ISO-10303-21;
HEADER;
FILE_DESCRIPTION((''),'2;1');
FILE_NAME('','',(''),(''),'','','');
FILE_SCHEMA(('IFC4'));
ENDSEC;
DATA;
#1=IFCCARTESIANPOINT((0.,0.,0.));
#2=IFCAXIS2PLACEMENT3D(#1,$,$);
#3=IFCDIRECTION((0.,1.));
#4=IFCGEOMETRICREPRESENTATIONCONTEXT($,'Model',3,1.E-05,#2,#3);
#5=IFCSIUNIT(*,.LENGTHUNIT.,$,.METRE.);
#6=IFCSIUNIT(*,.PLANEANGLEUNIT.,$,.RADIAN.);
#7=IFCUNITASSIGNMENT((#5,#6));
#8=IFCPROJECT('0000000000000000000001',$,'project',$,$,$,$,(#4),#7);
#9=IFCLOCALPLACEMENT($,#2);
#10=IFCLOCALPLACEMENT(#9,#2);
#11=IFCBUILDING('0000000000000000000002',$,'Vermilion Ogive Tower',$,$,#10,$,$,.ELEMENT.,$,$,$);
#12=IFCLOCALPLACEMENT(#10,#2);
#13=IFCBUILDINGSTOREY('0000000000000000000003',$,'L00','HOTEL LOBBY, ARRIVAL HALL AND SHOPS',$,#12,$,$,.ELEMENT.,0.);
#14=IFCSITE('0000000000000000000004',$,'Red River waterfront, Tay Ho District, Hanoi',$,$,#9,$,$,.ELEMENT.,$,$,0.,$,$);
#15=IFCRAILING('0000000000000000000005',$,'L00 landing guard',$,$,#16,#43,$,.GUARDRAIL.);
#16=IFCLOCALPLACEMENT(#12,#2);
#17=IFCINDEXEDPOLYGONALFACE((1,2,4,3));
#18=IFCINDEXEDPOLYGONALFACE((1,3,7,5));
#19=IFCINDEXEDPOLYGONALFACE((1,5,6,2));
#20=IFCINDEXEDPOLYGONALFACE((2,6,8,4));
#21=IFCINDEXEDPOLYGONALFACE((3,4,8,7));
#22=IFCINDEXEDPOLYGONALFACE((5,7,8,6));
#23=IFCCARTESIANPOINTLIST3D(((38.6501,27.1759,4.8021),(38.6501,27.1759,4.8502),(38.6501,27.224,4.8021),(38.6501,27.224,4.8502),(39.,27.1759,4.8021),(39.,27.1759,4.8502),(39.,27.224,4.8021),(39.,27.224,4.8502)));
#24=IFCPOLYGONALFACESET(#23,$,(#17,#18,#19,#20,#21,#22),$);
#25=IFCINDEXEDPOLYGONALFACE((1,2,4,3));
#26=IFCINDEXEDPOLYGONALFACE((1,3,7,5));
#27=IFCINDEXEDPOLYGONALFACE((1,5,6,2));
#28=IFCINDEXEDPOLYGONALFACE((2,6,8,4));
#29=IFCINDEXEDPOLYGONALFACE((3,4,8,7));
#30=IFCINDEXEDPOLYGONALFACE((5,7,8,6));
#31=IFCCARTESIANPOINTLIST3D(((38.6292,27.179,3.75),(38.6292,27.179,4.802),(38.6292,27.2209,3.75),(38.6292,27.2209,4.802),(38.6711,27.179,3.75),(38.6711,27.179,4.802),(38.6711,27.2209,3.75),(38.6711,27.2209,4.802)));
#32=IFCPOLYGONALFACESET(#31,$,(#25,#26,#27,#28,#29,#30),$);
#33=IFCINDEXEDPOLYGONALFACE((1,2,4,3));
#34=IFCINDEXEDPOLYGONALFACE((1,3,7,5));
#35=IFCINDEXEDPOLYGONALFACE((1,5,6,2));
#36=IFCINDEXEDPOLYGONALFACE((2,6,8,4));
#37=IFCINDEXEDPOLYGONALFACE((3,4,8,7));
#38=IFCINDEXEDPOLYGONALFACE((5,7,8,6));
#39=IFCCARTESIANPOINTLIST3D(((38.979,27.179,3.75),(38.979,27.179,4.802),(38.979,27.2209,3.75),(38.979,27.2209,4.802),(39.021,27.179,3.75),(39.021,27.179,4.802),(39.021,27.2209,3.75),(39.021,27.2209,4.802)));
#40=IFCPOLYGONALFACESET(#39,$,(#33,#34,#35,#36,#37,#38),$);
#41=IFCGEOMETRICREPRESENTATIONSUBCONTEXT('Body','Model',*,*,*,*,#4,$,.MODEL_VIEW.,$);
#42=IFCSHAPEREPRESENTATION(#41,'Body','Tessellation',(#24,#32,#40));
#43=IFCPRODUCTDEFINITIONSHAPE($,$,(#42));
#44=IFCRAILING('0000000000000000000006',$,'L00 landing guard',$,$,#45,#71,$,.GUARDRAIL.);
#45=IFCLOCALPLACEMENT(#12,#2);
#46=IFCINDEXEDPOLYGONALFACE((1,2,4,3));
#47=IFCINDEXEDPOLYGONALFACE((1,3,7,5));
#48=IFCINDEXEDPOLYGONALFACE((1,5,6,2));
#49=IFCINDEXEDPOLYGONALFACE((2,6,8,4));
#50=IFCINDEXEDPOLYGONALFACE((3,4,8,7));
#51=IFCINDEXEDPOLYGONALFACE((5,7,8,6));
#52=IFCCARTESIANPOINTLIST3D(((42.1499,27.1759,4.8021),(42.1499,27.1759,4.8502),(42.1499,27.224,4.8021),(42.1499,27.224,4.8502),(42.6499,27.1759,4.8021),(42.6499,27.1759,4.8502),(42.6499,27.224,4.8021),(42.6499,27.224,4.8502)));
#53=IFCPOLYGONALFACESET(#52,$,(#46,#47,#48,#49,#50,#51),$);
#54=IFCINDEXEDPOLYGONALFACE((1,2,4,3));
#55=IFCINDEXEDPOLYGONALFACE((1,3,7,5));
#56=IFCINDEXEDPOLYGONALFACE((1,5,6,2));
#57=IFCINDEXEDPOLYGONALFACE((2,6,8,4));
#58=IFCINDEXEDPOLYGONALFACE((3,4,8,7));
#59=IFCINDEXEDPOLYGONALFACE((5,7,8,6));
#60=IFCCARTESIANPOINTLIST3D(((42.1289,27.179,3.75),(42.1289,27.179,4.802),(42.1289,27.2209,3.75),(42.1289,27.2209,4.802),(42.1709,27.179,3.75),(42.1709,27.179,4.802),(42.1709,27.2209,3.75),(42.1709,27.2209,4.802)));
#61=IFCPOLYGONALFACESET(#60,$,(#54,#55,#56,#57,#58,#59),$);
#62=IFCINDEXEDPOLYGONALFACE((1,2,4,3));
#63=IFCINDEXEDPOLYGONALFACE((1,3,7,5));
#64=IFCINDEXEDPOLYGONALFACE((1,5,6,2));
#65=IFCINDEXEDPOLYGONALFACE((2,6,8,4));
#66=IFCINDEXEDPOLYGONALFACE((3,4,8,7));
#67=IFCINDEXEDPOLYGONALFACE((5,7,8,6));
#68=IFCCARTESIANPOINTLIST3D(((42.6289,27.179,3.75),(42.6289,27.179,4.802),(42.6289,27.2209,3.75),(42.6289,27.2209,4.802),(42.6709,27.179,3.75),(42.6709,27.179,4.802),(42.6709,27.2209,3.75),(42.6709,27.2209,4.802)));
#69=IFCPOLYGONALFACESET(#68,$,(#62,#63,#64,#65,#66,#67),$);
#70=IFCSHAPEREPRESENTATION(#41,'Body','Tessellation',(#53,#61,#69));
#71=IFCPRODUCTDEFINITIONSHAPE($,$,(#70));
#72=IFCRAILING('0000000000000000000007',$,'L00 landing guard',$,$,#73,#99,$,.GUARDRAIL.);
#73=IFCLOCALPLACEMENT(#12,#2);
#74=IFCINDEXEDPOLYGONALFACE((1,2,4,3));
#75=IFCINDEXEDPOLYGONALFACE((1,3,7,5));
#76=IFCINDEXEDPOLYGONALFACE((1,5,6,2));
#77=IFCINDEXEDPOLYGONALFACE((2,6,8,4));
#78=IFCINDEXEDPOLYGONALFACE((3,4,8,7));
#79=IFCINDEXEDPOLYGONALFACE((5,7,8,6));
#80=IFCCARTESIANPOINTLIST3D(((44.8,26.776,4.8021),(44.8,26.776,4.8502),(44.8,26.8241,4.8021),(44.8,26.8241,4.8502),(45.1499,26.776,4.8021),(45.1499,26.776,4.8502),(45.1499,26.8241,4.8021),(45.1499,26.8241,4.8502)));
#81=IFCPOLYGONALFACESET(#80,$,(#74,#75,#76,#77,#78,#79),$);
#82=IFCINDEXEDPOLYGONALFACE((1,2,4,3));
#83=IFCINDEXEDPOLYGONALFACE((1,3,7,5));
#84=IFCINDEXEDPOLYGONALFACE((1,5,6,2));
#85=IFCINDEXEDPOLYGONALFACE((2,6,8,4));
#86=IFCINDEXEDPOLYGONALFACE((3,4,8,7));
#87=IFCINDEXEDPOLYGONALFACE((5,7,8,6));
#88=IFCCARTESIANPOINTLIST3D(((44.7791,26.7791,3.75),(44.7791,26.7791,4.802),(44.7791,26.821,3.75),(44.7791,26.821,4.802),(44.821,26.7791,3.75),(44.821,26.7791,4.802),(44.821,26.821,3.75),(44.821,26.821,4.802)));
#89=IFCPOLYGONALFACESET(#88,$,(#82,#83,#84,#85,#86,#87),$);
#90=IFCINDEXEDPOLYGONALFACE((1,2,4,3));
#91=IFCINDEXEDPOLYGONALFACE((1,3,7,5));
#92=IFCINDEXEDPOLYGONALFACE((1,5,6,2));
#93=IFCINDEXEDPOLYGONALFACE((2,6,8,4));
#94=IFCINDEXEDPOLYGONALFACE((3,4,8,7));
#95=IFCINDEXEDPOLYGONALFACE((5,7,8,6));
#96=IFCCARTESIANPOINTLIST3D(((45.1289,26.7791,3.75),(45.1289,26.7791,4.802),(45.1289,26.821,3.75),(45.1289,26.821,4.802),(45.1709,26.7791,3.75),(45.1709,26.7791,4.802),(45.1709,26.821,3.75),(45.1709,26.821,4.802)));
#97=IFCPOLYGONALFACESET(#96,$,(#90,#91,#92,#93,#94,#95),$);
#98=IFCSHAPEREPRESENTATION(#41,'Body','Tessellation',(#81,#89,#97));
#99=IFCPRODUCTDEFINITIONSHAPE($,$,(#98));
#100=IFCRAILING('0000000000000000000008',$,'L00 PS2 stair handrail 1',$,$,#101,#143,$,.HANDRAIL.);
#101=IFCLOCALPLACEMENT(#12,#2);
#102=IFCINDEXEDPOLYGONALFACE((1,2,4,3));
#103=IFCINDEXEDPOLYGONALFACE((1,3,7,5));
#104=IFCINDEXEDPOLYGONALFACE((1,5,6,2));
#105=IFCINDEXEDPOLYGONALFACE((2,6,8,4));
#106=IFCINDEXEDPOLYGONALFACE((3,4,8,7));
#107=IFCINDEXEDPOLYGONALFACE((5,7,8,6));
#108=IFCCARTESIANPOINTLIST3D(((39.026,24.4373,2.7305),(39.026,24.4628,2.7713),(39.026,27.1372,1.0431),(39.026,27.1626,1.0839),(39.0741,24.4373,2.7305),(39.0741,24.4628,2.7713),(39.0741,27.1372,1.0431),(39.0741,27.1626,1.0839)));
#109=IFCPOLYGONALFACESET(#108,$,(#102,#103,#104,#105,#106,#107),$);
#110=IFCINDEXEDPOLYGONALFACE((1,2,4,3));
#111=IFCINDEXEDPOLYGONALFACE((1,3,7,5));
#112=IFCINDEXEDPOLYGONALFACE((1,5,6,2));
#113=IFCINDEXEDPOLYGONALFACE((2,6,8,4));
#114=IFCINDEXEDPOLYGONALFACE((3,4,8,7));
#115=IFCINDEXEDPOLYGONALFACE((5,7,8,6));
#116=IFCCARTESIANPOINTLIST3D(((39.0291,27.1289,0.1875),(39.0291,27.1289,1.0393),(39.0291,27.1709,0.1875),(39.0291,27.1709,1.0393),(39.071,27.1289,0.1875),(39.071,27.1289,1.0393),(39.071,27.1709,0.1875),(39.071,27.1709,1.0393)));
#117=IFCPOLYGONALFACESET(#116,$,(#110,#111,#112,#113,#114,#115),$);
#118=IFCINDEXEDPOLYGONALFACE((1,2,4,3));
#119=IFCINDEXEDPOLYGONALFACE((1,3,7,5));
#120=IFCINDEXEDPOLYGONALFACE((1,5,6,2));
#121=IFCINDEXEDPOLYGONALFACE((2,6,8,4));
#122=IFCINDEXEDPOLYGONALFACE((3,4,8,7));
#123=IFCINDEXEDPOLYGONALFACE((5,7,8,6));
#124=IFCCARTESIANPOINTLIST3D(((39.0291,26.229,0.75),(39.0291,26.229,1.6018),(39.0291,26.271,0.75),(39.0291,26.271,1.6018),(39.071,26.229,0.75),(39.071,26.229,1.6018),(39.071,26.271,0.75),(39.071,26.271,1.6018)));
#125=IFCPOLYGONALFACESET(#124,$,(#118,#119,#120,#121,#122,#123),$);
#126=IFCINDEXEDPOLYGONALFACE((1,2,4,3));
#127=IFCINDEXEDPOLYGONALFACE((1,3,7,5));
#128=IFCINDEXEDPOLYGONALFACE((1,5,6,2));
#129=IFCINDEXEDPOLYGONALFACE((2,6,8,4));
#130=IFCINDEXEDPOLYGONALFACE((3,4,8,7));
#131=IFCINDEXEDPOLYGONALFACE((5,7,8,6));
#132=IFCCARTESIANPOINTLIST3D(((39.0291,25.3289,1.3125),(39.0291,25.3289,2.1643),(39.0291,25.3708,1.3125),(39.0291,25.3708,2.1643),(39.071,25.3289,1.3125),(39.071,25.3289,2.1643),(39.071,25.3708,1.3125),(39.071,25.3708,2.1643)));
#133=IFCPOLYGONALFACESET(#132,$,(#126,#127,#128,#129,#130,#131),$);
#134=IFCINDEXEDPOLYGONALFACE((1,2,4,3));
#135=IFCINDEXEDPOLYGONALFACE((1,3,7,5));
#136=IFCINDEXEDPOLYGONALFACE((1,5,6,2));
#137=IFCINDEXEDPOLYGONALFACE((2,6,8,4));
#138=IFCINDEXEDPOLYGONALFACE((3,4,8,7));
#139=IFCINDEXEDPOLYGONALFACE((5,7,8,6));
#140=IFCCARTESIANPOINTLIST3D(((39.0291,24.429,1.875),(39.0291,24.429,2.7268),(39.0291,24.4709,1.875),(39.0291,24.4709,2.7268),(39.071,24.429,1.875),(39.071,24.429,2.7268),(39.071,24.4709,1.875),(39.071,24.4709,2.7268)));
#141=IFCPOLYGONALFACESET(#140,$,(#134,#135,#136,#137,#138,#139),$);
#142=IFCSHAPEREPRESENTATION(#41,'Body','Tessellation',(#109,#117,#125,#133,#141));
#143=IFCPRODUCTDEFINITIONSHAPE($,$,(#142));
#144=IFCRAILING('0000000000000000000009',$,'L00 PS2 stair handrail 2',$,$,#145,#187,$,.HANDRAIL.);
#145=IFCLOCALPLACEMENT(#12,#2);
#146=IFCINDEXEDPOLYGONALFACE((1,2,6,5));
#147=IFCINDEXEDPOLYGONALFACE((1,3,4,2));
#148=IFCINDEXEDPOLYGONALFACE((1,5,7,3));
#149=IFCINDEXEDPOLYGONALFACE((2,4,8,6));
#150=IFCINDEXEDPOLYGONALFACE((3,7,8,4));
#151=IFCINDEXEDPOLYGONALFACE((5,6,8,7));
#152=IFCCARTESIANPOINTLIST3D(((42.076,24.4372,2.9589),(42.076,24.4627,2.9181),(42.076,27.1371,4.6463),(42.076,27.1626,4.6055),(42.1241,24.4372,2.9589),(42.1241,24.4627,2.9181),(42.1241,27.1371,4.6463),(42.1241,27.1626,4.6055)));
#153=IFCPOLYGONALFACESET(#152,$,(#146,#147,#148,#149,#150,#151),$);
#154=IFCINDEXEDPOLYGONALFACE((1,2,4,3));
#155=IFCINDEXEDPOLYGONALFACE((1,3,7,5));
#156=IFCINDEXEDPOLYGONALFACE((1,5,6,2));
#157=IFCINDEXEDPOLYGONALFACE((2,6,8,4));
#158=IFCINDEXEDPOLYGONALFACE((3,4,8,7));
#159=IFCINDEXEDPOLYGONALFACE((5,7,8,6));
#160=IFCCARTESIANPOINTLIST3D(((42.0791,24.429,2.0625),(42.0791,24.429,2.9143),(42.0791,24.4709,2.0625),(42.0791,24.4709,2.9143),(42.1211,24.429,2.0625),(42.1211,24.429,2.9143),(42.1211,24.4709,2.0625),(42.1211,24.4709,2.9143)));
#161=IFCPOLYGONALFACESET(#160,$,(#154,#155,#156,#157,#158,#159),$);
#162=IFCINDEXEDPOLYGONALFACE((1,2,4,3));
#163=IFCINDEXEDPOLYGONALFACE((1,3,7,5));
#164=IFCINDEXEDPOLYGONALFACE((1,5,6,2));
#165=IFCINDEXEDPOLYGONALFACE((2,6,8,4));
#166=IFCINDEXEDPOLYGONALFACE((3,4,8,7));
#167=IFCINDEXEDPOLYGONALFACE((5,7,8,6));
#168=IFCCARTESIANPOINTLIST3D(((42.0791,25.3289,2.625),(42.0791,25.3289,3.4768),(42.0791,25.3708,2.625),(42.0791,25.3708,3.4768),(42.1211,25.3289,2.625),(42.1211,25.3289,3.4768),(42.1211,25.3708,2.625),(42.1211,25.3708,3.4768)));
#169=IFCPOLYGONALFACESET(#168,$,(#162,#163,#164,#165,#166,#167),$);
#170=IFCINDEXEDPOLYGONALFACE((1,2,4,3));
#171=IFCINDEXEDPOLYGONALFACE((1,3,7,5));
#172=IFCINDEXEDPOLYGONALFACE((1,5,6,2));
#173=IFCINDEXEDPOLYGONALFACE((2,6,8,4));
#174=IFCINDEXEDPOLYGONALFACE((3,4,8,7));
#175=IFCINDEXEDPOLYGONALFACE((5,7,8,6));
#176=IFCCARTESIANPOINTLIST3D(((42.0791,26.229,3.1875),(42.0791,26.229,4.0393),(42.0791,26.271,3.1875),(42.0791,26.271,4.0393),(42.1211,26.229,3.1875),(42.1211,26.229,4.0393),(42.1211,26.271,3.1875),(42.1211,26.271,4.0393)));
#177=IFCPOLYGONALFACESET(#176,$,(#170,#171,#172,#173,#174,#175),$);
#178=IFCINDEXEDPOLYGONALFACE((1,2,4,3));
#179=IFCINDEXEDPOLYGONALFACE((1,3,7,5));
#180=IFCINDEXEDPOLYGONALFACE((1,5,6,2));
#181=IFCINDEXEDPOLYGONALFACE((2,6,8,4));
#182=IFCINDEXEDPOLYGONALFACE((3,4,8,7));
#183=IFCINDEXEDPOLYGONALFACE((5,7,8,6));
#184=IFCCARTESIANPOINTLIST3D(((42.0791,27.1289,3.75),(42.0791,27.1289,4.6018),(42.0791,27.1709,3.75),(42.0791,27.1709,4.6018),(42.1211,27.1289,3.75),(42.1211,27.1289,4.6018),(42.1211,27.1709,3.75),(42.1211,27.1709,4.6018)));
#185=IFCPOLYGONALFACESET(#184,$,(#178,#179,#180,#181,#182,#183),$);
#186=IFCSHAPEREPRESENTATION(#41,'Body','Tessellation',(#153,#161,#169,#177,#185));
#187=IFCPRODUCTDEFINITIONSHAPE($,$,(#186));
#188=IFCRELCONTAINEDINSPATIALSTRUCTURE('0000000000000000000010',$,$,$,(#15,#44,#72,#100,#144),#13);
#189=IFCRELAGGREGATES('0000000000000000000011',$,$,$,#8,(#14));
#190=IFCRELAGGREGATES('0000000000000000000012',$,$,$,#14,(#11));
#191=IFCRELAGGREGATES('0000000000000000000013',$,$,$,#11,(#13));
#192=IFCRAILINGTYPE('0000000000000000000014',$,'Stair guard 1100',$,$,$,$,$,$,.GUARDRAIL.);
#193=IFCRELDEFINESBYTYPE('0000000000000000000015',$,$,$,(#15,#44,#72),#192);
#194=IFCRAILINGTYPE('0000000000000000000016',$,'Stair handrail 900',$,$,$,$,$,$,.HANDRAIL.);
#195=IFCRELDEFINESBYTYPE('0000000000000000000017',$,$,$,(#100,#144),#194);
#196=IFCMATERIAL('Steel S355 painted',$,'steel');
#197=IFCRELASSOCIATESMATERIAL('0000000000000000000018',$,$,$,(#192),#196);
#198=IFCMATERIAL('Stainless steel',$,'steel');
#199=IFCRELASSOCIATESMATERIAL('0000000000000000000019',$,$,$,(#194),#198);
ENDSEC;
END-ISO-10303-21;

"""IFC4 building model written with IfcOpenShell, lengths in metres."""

from ifc_helpers import new_model, si_unit, direction, frame, origin, origin_2d, place, context, subcontext, project, spatial, rectangle, extrude, material, type_object, element, save


model = new_model("IFC4")

# Units and contexts
model_context = context("Model", 3, precision=1e-05, world=origin(), true_north=direction((0.0, 1.0)))
body_context = subcontext(model_context, "Body", "Model", "MODEL_VIEW")
ifc_project = project(units=[si_unit("LENGTHUNIT", "METRE"), si_unit("PLANEANGLEUNIT", "RADIAN")], contexts=[model_context])

# Site, building, storey
site_placement = place(None, origin())
site = spatial("IfcSite", under=ifc_project, at=site_placement, Name="Red River waterfront, Tay Ho District, Hanoi", CompositionType="ELEMENT", RefElevation=0.0)
building_placement = place(site_placement, origin())
building = spatial("IfcBuilding", under=site, at=building_placement, Name="Vermilion Ogive Tower", CompositionType="ELEMENT")
storey_placement = place(building_placement, origin())
storey = spatial("IfcBuildingStorey", under=building, at=storey_placement, Name="L00", Description="HOTEL LOBBY, ARRIVAL HALL AND SHOPS", CompositionType="ELEMENT", Elevation=0.0)

# Railings
ifc_material_1 = material(Name="Steel S355 painted", Category="steel")
railing_type_1 = type_object("IfcRailingType", Name="Stair guard 1100", PredefinedType="GUARDRAIL", material=ifc_material_1)
railing_1_placement = place(storey_placement, frame((38.6501, 27.2, 3.75)))
element("IfcRailing", 1, at=railing_1_placement, inside=storey, type_object=railing_type_1, Name="L00 landing guard", PredefinedType="GUARDRAIL", context=body_context, shape_type="SweptSolid", body=[
    extrude(rectangle(XDim=0.0481, YDim=0.0481, at=origin_2d()), frame((0.0, 0.0, 1.0762), z_axis=(1.0, 0.0, 0.0), x_axis=(0.0, 1.0, 0.0)), (0.0, 0.0, 1.0), 0.3499),
    extrude(rectangle(XDim=0.042, YDim=0.042, at=origin_2d()), origin(), (0.0, 0.0, 1.0), 1.052),
    extrude(rectangle(XDim=0.042, YDim=0.042, at=origin_2d()), frame((0.3499, 0.0, 0.0)), (0.0, 0.0, 1.0), 1.052),
])
railing_2_placement = place(storey_placement, frame((42.1499, 27.2, 3.75)))
element("IfcRailing", 2, at=railing_2_placement, inside=storey, type_object=railing_type_1, Name="L00 landing guard", PredefinedType="GUARDRAIL", context=body_context, shape_type="SweptSolid", body=[
    extrude(rectangle(XDim=0.0481, YDim=0.0481, at=origin_2d()), frame((0.0, 0.0, 1.0762), z_axis=(1.0, 0.0, 0.0), x_axis=(0.0, 1.0, 0.0)), (0.0, 0.0, 1.0), 0.5),
    extrude(rectangle(XDim=0.042, YDim=0.042, at=origin_2d()), origin(), (0.0, 0.0, 1.0), 1.052),
    extrude(rectangle(XDim=0.042, YDim=0.042, at=origin_2d()), frame((0.5, 0.0, 0.0)), (0.0, 0.0, 1.0), 1.052),
])
railing_3_placement = place(storey_placement, frame((44.8, 26.8, 3.75)))
element("IfcRailing", 3, at=railing_3_placement, inside=storey, type_object=railing_type_1, Name="L00 landing guard", PredefinedType="GUARDRAIL", context=body_context, shape_type="SweptSolid", body=[
    extrude(rectangle(XDim=0.0481, YDim=0.0481, at=origin_2d()), frame((0.0, 0.0, 1.0762), z_axis=(1.0, 0.0, 0.0), x_axis=(0.0, 1.0, 0.0)), (0.0, 0.0, 1.0), 0.3499),
    extrude(rectangle(XDim=0.042, YDim=0.042, at=origin_2d()), origin(), (0.0, 0.0, 1.0), 1.052),
    extrude(rectangle(XDim=0.042, YDim=0.042, at=origin_2d()), frame((0.3499, 0.0, 0.0)), (0.0, 0.0, 1.0), 1.052),
])
ifc_material_2 = material(Name="Stainless steel", Category="steel")
railing_type_2 = type_object("IfcRailingType", Name="Stair handrail 900", PredefinedType="HANDRAIL", material=ifc_material_2)
railing_4_placement = place(storey_placement, frame((39.05, 27.1499, 0.1875)))
element("IfcRailing", 4, at=railing_4_placement, inside=storey, type_object=railing_type_2, Name="L00 PS2 stair handrail 1", PredefinedType="HANDRAIL", context=body_context, shape_type="SweptSolid", body=[
    extrude(rectangle(XDim=0.0481, YDim=0.0481, at=origin_2d()), frame((0.0, 0.0, 0.876), z_axis=(0.0, -0.847994, 0.530006), x_axis=(1.0, 0.0, 0.0)), (0.0, 0.0, 1.0), 3.1838),
    extrude(rectangle(XDim=0.042, YDim=0.042, at=origin_2d()), origin(), (0.0, 0.0, 1.0), 0.8518),
    extrude(rectangle(XDim=0.042, YDim=0.042, at=origin_2d()), frame((0.0, -0.8999, 0.5625)), (0.0, 0.0, 1.0), 0.8518),
    extrude(rectangle(XDim=0.042, YDim=0.042, at=origin_2d()), frame((0.0, -1.8, 1.125)), (0.0, 0.0, 1.0), 0.8518),
    extrude(rectangle(XDim=0.042, YDim=0.042, at=origin_2d()), frame((0.0, -2.7, 1.6875)), (0.0, 0.0, 1.0), 0.8518),
])
railing_5_placement = place(storey_placement, frame((42.1001, 24.45, 2.0625)))
element("IfcRailing", 5, at=railing_5_placement, inside=storey, type_object=railing_type_2, Name="L00 PS2 stair handrail 2", PredefinedType="HANDRAIL", context=body_context, shape_type="SweptSolid", body=[
    extrude(rectangle(XDim=0.0481, YDim=0.0481, at=origin_2d()), frame((0.0, 0.0, 0.876), z_axis=(0.0, 0.847994, 0.530006), x_axis=(-1.0, 0.0, 0.0)), (0.0, 0.0, 1.0), 3.1838),
    extrude(rectangle(XDim=0.042, YDim=0.042, at=origin_2d()), origin(), (0.0, 0.0, 1.0), 0.8518),
    extrude(rectangle(XDim=0.042, YDim=0.042, at=origin_2d()), frame((0.0, 0.8999, 0.5625)), (0.0, 0.0, 1.0), 0.8518),
    extrude(rectangle(XDim=0.042, YDim=0.042, at=origin_2d()), frame((0.0, 1.8, 1.125)), (0.0, 0.0, 1.0), 0.8518),
    extrude(rectangle(XDim=0.042, YDim=0.042, at=origin_2d()), frame((0.0, 2.7, 1.6875)), (0.0, 0.0, 1.0), 0.8518),
])

save(model, "model.ifc")
